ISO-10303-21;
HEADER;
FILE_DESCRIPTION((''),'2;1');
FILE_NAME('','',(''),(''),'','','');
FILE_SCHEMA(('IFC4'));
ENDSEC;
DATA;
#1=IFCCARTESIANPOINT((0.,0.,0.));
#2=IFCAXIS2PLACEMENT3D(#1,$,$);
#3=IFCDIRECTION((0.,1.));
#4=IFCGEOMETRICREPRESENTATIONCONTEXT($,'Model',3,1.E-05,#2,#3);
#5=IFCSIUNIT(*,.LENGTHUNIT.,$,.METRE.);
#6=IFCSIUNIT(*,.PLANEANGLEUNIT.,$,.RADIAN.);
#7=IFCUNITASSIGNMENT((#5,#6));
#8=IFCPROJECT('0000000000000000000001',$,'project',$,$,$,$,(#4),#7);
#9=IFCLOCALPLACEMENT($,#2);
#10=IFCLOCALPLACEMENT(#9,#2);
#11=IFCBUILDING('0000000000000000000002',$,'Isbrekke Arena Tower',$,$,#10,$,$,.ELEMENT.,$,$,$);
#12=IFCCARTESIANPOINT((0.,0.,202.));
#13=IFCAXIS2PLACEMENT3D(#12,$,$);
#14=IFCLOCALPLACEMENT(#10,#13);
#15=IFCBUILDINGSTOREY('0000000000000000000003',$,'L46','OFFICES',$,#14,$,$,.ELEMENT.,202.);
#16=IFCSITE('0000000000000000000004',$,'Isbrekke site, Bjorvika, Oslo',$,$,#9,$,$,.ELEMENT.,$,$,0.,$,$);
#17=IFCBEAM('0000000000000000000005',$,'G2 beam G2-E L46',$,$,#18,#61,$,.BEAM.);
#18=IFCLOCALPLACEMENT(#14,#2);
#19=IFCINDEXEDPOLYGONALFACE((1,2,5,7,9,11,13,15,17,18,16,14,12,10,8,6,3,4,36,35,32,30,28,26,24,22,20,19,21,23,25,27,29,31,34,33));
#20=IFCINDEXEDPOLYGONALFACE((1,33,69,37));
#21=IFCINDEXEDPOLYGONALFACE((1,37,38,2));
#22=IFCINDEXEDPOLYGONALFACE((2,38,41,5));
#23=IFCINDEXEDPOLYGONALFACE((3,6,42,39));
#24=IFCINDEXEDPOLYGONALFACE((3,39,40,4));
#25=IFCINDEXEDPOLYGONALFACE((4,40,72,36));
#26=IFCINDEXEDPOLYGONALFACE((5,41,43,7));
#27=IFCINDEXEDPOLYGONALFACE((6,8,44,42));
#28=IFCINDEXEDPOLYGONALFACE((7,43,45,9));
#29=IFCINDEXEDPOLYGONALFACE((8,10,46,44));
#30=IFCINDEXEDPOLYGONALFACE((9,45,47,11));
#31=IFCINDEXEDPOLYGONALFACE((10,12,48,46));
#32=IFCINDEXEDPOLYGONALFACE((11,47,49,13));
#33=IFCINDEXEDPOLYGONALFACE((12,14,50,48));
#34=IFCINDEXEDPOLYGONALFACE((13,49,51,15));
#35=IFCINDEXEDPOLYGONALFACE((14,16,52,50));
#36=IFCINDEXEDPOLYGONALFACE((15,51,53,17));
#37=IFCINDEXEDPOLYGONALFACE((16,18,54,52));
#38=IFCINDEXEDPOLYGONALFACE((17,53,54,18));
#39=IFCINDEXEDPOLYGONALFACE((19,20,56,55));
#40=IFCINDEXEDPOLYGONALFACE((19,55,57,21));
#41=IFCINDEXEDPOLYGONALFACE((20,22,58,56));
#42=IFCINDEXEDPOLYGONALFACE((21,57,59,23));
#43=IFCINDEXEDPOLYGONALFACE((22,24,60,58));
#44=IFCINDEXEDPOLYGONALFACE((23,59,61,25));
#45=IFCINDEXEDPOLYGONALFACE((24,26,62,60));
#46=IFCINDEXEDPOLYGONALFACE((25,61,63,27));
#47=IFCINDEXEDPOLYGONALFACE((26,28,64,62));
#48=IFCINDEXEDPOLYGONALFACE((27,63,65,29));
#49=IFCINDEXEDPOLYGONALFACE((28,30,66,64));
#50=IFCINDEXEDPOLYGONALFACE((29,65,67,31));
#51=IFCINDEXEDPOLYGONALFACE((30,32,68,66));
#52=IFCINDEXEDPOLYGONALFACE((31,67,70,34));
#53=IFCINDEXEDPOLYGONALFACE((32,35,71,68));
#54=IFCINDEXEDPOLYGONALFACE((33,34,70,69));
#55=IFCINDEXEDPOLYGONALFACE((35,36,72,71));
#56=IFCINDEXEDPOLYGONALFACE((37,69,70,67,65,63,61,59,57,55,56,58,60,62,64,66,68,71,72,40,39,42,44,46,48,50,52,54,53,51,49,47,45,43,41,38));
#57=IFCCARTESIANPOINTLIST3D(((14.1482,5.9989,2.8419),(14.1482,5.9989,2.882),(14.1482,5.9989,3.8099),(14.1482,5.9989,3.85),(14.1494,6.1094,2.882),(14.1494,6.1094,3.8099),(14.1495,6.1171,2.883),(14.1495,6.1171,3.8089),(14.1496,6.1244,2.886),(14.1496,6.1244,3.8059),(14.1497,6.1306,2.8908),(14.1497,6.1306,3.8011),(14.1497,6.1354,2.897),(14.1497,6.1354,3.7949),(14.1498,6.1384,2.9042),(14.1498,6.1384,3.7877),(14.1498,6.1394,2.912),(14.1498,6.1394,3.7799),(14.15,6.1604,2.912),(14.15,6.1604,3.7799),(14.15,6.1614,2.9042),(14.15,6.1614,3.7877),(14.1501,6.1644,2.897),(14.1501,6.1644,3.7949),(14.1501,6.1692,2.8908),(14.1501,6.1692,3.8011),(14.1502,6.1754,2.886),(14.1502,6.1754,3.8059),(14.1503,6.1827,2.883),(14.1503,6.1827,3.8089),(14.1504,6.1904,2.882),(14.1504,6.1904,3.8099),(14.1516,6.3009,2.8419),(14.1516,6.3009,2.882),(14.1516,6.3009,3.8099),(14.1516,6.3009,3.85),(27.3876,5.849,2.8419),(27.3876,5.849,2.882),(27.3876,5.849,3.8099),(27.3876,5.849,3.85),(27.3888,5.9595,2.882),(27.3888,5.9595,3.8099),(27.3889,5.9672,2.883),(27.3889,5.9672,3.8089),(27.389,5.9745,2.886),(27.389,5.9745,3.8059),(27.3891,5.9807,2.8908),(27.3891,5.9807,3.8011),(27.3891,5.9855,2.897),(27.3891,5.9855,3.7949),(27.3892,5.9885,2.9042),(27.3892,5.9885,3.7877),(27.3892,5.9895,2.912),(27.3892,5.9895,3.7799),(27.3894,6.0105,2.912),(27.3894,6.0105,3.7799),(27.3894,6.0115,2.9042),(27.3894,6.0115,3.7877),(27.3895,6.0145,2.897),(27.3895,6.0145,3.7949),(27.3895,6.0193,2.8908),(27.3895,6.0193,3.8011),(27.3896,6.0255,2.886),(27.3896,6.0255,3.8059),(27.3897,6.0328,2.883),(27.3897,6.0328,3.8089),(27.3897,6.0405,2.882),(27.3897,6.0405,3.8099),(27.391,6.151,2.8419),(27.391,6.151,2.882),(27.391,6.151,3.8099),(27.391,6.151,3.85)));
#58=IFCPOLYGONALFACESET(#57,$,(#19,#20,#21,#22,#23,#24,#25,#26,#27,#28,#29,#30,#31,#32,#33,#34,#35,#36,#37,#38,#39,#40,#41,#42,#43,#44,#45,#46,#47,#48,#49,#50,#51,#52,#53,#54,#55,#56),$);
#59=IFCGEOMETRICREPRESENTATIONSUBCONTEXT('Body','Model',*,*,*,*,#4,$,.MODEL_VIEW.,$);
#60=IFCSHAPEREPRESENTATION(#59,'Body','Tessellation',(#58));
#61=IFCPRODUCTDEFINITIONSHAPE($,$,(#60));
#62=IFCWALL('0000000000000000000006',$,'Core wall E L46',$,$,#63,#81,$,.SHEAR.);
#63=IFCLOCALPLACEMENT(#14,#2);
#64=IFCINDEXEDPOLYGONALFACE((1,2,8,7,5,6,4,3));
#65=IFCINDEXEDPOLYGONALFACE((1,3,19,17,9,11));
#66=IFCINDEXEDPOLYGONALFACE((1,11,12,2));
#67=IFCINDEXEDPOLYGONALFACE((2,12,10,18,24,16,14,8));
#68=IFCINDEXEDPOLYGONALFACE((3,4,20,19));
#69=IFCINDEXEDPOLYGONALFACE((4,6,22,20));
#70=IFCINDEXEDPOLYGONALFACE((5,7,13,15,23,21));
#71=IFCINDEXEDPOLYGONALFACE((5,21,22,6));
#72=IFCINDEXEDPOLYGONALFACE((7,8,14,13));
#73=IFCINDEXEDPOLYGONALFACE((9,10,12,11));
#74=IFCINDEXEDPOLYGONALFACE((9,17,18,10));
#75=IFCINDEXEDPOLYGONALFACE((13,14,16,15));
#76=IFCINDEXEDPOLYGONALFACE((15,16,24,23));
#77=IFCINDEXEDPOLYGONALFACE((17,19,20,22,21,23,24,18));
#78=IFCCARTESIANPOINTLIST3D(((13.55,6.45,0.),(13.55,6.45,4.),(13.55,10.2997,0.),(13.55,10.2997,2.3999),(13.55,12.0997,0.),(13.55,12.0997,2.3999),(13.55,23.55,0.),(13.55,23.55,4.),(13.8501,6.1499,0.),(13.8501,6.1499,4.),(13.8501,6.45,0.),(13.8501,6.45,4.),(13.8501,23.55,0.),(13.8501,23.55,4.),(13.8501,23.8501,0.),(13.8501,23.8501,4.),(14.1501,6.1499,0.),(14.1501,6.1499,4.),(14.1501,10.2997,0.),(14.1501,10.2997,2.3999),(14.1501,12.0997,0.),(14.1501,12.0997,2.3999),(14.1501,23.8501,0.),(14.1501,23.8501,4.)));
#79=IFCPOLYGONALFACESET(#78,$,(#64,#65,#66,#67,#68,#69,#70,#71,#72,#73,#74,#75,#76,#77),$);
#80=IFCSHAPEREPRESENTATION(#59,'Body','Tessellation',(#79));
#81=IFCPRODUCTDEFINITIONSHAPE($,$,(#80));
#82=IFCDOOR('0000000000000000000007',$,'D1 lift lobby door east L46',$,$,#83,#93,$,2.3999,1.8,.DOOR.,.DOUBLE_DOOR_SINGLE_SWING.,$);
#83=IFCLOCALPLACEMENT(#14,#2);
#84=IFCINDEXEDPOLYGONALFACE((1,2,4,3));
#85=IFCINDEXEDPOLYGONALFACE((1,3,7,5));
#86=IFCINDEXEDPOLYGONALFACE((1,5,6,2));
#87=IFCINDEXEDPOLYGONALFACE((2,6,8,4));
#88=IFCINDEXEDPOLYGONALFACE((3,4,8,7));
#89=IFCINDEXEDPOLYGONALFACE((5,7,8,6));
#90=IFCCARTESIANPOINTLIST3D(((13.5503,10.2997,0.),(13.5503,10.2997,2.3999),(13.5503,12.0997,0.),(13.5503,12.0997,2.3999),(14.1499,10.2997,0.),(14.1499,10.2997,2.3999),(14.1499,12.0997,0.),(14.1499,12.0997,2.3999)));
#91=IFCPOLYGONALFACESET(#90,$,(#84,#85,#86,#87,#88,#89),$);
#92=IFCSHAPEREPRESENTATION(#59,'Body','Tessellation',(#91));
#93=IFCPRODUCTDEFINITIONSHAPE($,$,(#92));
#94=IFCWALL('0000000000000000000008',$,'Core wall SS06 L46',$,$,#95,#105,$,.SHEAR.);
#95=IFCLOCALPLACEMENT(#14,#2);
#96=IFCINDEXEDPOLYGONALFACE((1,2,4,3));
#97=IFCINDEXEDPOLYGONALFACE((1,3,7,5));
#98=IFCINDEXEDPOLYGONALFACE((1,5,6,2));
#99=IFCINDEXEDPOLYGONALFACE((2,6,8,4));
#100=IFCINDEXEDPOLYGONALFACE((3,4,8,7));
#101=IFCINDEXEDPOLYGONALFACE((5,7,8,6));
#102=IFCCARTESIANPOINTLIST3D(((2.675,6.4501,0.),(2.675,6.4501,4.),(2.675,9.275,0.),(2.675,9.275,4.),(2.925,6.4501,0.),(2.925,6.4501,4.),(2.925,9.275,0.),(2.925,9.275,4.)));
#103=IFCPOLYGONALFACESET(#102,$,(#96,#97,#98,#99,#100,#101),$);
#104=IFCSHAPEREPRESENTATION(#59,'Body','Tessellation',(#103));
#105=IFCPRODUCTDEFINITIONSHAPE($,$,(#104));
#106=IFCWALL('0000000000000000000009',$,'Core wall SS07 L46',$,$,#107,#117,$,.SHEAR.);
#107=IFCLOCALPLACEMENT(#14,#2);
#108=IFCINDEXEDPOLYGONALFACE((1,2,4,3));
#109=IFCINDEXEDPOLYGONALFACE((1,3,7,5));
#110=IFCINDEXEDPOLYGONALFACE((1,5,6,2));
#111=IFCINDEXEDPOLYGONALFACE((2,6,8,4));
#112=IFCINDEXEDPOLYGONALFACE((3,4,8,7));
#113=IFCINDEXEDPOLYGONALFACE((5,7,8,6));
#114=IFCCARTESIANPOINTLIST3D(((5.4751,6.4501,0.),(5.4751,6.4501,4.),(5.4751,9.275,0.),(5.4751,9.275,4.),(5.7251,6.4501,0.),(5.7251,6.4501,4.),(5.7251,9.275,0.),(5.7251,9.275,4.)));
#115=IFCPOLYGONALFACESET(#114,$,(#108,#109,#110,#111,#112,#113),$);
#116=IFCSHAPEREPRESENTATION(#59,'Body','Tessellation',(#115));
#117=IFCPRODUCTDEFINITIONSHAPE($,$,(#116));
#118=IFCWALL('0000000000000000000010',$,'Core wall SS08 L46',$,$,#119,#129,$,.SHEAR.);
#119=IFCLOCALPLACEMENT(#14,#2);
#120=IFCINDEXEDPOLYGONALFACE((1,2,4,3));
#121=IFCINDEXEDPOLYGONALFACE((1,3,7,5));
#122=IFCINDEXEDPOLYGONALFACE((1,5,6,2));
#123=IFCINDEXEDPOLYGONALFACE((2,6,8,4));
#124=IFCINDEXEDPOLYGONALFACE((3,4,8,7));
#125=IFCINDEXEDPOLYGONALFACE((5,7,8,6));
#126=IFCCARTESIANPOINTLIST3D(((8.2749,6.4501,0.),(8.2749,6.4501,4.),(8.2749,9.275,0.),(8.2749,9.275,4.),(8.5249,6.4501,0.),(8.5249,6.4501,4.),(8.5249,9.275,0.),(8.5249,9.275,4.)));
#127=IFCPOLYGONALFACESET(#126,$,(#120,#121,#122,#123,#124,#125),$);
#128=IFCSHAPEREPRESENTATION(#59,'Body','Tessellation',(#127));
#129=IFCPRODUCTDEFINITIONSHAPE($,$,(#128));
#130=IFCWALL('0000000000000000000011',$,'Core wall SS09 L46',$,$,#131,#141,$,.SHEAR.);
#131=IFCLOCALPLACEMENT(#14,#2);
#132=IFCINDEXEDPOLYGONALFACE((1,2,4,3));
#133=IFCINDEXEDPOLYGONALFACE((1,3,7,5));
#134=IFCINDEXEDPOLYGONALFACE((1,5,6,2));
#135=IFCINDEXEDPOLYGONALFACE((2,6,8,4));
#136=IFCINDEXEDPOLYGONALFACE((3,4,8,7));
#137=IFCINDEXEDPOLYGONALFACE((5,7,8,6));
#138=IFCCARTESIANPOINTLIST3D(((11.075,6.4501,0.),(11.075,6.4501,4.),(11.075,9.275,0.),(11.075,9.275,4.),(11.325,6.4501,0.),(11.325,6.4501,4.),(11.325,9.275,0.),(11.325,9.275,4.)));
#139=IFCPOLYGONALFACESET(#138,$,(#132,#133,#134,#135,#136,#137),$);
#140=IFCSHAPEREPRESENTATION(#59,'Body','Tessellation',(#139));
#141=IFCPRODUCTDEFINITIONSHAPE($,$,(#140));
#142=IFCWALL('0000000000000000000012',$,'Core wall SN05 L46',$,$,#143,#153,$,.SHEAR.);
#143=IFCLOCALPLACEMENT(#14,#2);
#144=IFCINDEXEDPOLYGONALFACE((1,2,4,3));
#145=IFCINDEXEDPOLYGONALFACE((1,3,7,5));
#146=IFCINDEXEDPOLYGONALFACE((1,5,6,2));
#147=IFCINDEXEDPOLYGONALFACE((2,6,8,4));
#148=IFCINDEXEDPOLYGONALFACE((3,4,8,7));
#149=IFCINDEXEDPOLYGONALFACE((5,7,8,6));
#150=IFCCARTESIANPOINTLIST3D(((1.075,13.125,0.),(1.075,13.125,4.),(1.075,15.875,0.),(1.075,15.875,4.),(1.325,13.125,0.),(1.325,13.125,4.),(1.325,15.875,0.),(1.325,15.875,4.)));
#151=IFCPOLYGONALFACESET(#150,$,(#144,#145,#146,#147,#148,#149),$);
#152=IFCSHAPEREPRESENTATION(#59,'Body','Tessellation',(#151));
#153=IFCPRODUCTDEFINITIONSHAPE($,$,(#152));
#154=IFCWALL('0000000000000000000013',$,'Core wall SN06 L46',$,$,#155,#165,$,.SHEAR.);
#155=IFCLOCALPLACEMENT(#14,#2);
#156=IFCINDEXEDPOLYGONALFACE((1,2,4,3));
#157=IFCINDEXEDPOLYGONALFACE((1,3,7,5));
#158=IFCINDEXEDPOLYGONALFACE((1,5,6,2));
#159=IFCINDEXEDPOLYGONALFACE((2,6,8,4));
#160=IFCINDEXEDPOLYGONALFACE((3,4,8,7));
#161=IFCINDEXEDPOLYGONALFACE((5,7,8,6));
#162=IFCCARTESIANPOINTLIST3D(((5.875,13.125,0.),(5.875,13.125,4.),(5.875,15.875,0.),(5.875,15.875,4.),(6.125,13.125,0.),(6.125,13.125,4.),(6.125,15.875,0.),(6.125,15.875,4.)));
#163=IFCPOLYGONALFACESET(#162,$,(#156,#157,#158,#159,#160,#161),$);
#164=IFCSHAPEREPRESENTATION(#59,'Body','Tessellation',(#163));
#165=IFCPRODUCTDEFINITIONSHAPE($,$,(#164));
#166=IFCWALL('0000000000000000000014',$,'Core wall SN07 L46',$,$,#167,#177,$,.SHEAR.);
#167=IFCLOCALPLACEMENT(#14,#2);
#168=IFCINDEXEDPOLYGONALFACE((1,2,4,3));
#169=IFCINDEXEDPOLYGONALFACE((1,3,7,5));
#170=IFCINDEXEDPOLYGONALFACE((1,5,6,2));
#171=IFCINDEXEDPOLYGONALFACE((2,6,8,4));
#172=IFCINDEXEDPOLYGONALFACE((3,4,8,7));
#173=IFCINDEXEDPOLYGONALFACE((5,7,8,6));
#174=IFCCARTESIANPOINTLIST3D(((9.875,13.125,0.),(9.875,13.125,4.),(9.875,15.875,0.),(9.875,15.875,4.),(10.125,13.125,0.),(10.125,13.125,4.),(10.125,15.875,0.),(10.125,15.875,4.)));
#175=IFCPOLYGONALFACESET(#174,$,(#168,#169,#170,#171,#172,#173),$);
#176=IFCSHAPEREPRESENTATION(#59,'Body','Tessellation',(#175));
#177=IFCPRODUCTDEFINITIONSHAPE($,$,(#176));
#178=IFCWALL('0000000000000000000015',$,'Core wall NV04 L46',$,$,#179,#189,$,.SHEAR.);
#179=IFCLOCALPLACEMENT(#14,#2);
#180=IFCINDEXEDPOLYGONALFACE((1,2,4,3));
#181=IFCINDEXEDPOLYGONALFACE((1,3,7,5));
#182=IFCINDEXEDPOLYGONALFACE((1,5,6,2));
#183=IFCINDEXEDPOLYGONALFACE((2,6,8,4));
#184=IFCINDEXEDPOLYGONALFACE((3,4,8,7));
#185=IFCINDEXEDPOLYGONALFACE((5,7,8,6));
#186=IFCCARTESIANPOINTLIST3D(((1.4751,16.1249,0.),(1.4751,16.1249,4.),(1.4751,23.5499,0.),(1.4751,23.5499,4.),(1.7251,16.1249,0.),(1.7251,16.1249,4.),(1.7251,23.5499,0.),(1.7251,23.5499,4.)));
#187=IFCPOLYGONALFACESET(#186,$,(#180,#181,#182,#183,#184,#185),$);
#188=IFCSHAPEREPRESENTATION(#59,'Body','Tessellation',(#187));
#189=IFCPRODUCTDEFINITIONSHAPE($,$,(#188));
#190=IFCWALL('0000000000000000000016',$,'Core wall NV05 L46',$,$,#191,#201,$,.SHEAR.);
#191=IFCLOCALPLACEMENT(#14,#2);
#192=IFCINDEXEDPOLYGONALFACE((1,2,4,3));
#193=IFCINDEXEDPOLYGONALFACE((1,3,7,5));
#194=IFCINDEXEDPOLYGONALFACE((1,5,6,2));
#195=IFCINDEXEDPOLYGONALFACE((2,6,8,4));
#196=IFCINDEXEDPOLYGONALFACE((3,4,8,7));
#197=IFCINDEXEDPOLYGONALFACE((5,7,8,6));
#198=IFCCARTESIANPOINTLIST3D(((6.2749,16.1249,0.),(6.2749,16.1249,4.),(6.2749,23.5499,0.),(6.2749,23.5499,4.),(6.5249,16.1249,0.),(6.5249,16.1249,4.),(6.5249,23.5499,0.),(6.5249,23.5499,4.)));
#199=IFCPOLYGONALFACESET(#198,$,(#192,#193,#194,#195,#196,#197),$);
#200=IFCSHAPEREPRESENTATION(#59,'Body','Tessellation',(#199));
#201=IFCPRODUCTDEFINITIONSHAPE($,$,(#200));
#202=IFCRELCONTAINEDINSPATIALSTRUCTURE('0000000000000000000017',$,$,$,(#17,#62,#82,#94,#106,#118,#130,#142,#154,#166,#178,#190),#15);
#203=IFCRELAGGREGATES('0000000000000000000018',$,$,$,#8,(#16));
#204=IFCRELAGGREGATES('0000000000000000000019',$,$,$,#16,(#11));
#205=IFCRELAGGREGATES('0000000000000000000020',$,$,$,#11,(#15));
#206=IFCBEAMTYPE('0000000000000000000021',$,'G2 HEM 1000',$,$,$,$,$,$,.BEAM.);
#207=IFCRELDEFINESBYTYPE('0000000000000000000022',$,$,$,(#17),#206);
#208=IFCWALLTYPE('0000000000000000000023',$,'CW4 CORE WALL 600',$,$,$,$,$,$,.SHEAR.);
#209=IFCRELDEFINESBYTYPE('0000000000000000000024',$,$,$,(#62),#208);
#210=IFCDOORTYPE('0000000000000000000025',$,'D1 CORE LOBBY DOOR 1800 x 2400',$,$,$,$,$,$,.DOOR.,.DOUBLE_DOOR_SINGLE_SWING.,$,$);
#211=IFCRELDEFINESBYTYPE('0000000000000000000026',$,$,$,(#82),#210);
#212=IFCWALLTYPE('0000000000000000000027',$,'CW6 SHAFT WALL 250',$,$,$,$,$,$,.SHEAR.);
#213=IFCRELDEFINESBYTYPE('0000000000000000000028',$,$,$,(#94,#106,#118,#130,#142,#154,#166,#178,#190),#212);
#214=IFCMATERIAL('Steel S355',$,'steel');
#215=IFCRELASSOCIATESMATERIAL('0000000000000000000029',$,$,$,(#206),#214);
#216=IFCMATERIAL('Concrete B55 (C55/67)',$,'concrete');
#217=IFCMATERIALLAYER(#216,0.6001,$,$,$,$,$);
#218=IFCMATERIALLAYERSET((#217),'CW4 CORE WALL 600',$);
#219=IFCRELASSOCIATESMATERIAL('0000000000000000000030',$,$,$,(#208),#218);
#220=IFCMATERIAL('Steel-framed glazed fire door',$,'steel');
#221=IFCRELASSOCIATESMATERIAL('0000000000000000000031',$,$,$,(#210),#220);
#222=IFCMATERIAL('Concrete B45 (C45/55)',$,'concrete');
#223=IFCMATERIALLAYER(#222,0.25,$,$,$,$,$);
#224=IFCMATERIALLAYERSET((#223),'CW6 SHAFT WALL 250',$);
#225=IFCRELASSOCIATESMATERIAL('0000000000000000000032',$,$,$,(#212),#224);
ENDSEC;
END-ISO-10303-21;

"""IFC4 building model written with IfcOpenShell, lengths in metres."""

from ifc_helpers import new_model, si_unit, direction, frame, frame_2d, origin, origin_2d, place, context, subcontext, project, spatial, polyline, rectangle, i_section, outline, extrude, material, layer, layer_set, material_profile, profile_set, type_object, element, fill, save


model = new_model("IFC4")

# Units and contexts
model_context = context("Model", 3, precision=1e-05, world=origin(), true_north=direction((0.0, 1.0)))
body_context = subcontext(model_context, "Body", "Model", "MODEL_VIEW")
ifc_project = project(units=[si_unit("LENGTHUNIT", "METRE"), si_unit("PLANEANGLEUNIT", "RADIAN")], contexts=[model_context])

# Site, building, storey
site_placement = place(None, origin())
site = spatial("IfcSite", under=ifc_project, at=site_placement, Name="Isbrekke site, Bjorvika, Oslo", CompositionType="ELEMENT", RefElevation=0.0)
building_placement = place(site_placement, origin())
building = spatial("IfcBuilding", under=site, at=building_placement, Name="Isbrekke Arena Tower", CompositionType="ELEMENT")
storey_placement = place(building_placement, frame((0.0, 0.0, 202.0)))
storey = spatial("IfcBuildingStorey", under=building, at=storey_placement, Name="L46", Description="OFFICES", CompositionType="ELEMENT", Elevation=202.0)

# Beam
ifc_material_1 = material(Name="Steel S355", Category="steel")
ifc_material_profile = material_profile(ifc_material_1, i_section(OverallWidth=0.302, OverallDepth=1.0081, WebThickness=0.021, FlangeThickness=0.04, FilletRadius=0.03, at=origin_2d()), Name="HEM 1000")
ifc_profile_set = profile_set([ifc_material_profile], Name="Steel S355")
beam_type = type_object("IfcBeamType", Name="G2 HEM 1000", PredefinedType="BEAM", material=ifc_profile_set)
beam_placement = place(storey_placement, frame((14.1499, 6.1499, 3.3459), z_axis=(0.999936, -0.011322, 0.0), x_axis=(0.011322, 0.999936, 0.0)))
element("IfcBeam", 1, at=beam_placement, inside=storey, type_object=beam_type, Name="G2 beam G2-E L46", PredefinedType="BEAM", context=body_context, shape_type="SweptSolid", body=[
    extrude(i_section(OverallWidth=0.302, OverallDepth=1.0081, WebThickness=0.021, FlangeThickness=0.04, FilletRadius=0.03, at=origin_2d()), origin(), (0.0, 0.0, 1.0), 13.2402),
])

# Wall, opening, door
ifc_material_2 = material(Name="Concrete B55 (C55/67)", Category="concrete")
ifc_layer_1 = layer(ifc_material_2, 0.6001)
ifc_layer_set_1 = layer_set([ifc_layer_1], Name="CW4 CORE WALL 600")
wall_type_1 = type_object("IfcWallType", Name="CW4 CORE WALL 600", PredefinedType="SHEAR", material=ifc_layer_set_1)
wall_1_placement = place(storey_placement, frame((13.8501, 6.1499, 0.0), z_axis=(0.0, 0.0, 1.0), x_axis=(0.0, 1.0, 0.0)))
wall_1 = element("IfcWall", 2, at=wall_1_placement, inside=storey, type_object=wall_type_1, Name="Core wall E L46", PredefinedType="SHEAR", context=body_context, shape_type="SweptSolid", body=[
    extrude(outline(polyline([(0.0, -0.3), (17.7002, -0.3), (17.7002, 0.0), (17.4001, 0.0), (17.4001, 0.3), (0.3, 0.3), (0.3, 0.0), (0.0, 0.0), (0.0, -0.3)])), origin(), (0.0, 0.0, 1.0), 4.0),
])
opening_1_placement = place(wall_1_placement, frame((4.1499, 0.0, 0.0)))
opening_1 = element("IfcOpeningElement", 3, at=opening_1_placement, cuts=wall_1, PredefinedType="OPENING", context=body_context, shape_type="SweptSolid", body=[
    extrude(rectangle(XDim=1.8, YDim=2.3999, at=frame_2d((0.8999, 1.2))), frame((0.0, 0.3149, 0.0), z_axis=(0.0, -1.0, 0.0), x_axis=(1.0, 0.0, 0.0)), (0.0, 0.0, 1.0), 0.6299),
])
ifc_material_3 = material(Name="Steel-framed glazed fire door", Category="steel")
door_type_1 = type_object("IfcDoorType", Name="D1 CORE LOBBY DOOR 1800 x 2400", OperationType="DOUBLE_DOOR_SINGLE_SWING", PredefinedType="DOOR", material=ifc_material_3)
door_1_placement = place(opening_1_placement, origin())
door_1 = element("IfcDoor", 4, at=door_1_placement, inside=storey, type_object=door_type_1, Name="D1 lift lobby door east L46", OperationType="DOUBLE_DOOR_SINGLE_SWING", OverallHeight=2.3999, OverallWidth=1.8, PredefinedType="DOOR", context=body_context, shape_type="SweptSolid", body=[
    extrude(rectangle(XDim=1.8, YDim=2.3999, at=frame_2d((0.8999, 1.2))), frame((0.0, 0.2998, 0.0), z_axis=(0.0, -1.0, 0.0), x_axis=(1.0, 0.0, 0.0)), (0.0, 0.0, 1.0), 0.5996),
])
fill(opening_1, door_1)

# Walls
ifc_material_4 = material(Name="Concrete B45 (C45/55)", Category="concrete")
ifc_layer_2 = layer(ifc_material_4, 0.25)
ifc_layer_set_2 = layer_set([ifc_layer_2], Name="CW6 SHAFT WALL 250")
wall_type_2 = type_object("IfcWallType", Name="CW6 SHAFT WALL 250", PredefinedType="SHEAR", material=ifc_layer_set_2)
for number, where, z_axis, x_axis, name in (
    (5, (2.8, 6.45, 0.0), (0.0, 0.0, 1.0), (0.0, 1.0, 0.0), "Core wall SS06 L46"),
    (6, (5.6001, 6.45, 0.0), (0.0, 0.0, 1.0), (0.0, 1.0, 0.0), "Core wall SS07 L46"),
    (7, (8.3999, 6.45, 0.0), (0.0, 0.0, 1.0), (0.0, 1.0, 0.0), "Core wall SS08 L46"),
    (8, (11.2, 6.45, 0.0), (0.0, 0.0, 1.0), (0.0, 1.0, 0.0), "Core wall SS09 L46"),
):
    element("IfcWall", number, at=place(storey_placement, frame(where, z_axis=z_axis, x_axis=x_axis)), inside=storey, type_object=wall_type_2, Name=name, PredefinedType="SHEAR", context=body_context, shape_type="SweptSolid", body=[
        extrude(rectangle(XDim=2.825, YDim=0.25, at=frame_2d((1.4126, 0.0))), origin(), (0.0, 0.0, 1.0), 4.0),
    ])
for number, where, z_axis, x_axis, name in (
    (9, (1.2, 13.125, 0.0), (0.0, 0.0, 1.0), (0.0, 1.0, 0.0), "Core wall SN05 L46"),
    (10, (6.0, 13.125, 0.0), (0.0, 0.0, 1.0), (0.0, 1.0, 0.0), "Core wall SN06 L46"),
    (11, (10.0, 13.125, 0.0), (0.0, 0.0, 1.0), (0.0, 1.0, 0.0), "Core wall SN07 L46"),
):
    element("IfcWall", number, at=place(storey_placement, frame(where, z_axis=z_axis, x_axis=x_axis)), inside=storey, type_object=wall_type_2, Name=name, PredefinedType="SHEAR", context=body_context, shape_type="SweptSolid", body=[
        extrude(rectangle(XDim=2.75, YDim=0.25, at=frame_2d((1.375, 0.0))), origin(), (0.0, 0.0, 1.0), 4.0),
    ])
for number, where, z_axis, x_axis, name in (
    (12, (1.6001, 16.125, 0.0), (0.0, 0.0, 1.0), (0.0, 1.0, 0.0), "Core wall NV04 L46"),
    (13, (6.3999, 16.125, 0.0), (0.0, 0.0, 1.0), (0.0, 1.0, 0.0), "Core wall NV05 L46"),
):
    element("IfcWall", number, at=place(storey_placement, frame(where, z_axis=z_axis, x_axis=x_axis)), inside=storey, type_object=wall_type_2, Name=name, PredefinedType="SHEAR", context=body_context, shape_type="SweptSolid", body=[
        extrude(rectangle(XDim=7.425, YDim=0.25, at=frame_2d((3.7124, 0.0))), origin(), (0.0, 0.0, 1.0), 4.0),
    ])

save(model, "model.ifc")
